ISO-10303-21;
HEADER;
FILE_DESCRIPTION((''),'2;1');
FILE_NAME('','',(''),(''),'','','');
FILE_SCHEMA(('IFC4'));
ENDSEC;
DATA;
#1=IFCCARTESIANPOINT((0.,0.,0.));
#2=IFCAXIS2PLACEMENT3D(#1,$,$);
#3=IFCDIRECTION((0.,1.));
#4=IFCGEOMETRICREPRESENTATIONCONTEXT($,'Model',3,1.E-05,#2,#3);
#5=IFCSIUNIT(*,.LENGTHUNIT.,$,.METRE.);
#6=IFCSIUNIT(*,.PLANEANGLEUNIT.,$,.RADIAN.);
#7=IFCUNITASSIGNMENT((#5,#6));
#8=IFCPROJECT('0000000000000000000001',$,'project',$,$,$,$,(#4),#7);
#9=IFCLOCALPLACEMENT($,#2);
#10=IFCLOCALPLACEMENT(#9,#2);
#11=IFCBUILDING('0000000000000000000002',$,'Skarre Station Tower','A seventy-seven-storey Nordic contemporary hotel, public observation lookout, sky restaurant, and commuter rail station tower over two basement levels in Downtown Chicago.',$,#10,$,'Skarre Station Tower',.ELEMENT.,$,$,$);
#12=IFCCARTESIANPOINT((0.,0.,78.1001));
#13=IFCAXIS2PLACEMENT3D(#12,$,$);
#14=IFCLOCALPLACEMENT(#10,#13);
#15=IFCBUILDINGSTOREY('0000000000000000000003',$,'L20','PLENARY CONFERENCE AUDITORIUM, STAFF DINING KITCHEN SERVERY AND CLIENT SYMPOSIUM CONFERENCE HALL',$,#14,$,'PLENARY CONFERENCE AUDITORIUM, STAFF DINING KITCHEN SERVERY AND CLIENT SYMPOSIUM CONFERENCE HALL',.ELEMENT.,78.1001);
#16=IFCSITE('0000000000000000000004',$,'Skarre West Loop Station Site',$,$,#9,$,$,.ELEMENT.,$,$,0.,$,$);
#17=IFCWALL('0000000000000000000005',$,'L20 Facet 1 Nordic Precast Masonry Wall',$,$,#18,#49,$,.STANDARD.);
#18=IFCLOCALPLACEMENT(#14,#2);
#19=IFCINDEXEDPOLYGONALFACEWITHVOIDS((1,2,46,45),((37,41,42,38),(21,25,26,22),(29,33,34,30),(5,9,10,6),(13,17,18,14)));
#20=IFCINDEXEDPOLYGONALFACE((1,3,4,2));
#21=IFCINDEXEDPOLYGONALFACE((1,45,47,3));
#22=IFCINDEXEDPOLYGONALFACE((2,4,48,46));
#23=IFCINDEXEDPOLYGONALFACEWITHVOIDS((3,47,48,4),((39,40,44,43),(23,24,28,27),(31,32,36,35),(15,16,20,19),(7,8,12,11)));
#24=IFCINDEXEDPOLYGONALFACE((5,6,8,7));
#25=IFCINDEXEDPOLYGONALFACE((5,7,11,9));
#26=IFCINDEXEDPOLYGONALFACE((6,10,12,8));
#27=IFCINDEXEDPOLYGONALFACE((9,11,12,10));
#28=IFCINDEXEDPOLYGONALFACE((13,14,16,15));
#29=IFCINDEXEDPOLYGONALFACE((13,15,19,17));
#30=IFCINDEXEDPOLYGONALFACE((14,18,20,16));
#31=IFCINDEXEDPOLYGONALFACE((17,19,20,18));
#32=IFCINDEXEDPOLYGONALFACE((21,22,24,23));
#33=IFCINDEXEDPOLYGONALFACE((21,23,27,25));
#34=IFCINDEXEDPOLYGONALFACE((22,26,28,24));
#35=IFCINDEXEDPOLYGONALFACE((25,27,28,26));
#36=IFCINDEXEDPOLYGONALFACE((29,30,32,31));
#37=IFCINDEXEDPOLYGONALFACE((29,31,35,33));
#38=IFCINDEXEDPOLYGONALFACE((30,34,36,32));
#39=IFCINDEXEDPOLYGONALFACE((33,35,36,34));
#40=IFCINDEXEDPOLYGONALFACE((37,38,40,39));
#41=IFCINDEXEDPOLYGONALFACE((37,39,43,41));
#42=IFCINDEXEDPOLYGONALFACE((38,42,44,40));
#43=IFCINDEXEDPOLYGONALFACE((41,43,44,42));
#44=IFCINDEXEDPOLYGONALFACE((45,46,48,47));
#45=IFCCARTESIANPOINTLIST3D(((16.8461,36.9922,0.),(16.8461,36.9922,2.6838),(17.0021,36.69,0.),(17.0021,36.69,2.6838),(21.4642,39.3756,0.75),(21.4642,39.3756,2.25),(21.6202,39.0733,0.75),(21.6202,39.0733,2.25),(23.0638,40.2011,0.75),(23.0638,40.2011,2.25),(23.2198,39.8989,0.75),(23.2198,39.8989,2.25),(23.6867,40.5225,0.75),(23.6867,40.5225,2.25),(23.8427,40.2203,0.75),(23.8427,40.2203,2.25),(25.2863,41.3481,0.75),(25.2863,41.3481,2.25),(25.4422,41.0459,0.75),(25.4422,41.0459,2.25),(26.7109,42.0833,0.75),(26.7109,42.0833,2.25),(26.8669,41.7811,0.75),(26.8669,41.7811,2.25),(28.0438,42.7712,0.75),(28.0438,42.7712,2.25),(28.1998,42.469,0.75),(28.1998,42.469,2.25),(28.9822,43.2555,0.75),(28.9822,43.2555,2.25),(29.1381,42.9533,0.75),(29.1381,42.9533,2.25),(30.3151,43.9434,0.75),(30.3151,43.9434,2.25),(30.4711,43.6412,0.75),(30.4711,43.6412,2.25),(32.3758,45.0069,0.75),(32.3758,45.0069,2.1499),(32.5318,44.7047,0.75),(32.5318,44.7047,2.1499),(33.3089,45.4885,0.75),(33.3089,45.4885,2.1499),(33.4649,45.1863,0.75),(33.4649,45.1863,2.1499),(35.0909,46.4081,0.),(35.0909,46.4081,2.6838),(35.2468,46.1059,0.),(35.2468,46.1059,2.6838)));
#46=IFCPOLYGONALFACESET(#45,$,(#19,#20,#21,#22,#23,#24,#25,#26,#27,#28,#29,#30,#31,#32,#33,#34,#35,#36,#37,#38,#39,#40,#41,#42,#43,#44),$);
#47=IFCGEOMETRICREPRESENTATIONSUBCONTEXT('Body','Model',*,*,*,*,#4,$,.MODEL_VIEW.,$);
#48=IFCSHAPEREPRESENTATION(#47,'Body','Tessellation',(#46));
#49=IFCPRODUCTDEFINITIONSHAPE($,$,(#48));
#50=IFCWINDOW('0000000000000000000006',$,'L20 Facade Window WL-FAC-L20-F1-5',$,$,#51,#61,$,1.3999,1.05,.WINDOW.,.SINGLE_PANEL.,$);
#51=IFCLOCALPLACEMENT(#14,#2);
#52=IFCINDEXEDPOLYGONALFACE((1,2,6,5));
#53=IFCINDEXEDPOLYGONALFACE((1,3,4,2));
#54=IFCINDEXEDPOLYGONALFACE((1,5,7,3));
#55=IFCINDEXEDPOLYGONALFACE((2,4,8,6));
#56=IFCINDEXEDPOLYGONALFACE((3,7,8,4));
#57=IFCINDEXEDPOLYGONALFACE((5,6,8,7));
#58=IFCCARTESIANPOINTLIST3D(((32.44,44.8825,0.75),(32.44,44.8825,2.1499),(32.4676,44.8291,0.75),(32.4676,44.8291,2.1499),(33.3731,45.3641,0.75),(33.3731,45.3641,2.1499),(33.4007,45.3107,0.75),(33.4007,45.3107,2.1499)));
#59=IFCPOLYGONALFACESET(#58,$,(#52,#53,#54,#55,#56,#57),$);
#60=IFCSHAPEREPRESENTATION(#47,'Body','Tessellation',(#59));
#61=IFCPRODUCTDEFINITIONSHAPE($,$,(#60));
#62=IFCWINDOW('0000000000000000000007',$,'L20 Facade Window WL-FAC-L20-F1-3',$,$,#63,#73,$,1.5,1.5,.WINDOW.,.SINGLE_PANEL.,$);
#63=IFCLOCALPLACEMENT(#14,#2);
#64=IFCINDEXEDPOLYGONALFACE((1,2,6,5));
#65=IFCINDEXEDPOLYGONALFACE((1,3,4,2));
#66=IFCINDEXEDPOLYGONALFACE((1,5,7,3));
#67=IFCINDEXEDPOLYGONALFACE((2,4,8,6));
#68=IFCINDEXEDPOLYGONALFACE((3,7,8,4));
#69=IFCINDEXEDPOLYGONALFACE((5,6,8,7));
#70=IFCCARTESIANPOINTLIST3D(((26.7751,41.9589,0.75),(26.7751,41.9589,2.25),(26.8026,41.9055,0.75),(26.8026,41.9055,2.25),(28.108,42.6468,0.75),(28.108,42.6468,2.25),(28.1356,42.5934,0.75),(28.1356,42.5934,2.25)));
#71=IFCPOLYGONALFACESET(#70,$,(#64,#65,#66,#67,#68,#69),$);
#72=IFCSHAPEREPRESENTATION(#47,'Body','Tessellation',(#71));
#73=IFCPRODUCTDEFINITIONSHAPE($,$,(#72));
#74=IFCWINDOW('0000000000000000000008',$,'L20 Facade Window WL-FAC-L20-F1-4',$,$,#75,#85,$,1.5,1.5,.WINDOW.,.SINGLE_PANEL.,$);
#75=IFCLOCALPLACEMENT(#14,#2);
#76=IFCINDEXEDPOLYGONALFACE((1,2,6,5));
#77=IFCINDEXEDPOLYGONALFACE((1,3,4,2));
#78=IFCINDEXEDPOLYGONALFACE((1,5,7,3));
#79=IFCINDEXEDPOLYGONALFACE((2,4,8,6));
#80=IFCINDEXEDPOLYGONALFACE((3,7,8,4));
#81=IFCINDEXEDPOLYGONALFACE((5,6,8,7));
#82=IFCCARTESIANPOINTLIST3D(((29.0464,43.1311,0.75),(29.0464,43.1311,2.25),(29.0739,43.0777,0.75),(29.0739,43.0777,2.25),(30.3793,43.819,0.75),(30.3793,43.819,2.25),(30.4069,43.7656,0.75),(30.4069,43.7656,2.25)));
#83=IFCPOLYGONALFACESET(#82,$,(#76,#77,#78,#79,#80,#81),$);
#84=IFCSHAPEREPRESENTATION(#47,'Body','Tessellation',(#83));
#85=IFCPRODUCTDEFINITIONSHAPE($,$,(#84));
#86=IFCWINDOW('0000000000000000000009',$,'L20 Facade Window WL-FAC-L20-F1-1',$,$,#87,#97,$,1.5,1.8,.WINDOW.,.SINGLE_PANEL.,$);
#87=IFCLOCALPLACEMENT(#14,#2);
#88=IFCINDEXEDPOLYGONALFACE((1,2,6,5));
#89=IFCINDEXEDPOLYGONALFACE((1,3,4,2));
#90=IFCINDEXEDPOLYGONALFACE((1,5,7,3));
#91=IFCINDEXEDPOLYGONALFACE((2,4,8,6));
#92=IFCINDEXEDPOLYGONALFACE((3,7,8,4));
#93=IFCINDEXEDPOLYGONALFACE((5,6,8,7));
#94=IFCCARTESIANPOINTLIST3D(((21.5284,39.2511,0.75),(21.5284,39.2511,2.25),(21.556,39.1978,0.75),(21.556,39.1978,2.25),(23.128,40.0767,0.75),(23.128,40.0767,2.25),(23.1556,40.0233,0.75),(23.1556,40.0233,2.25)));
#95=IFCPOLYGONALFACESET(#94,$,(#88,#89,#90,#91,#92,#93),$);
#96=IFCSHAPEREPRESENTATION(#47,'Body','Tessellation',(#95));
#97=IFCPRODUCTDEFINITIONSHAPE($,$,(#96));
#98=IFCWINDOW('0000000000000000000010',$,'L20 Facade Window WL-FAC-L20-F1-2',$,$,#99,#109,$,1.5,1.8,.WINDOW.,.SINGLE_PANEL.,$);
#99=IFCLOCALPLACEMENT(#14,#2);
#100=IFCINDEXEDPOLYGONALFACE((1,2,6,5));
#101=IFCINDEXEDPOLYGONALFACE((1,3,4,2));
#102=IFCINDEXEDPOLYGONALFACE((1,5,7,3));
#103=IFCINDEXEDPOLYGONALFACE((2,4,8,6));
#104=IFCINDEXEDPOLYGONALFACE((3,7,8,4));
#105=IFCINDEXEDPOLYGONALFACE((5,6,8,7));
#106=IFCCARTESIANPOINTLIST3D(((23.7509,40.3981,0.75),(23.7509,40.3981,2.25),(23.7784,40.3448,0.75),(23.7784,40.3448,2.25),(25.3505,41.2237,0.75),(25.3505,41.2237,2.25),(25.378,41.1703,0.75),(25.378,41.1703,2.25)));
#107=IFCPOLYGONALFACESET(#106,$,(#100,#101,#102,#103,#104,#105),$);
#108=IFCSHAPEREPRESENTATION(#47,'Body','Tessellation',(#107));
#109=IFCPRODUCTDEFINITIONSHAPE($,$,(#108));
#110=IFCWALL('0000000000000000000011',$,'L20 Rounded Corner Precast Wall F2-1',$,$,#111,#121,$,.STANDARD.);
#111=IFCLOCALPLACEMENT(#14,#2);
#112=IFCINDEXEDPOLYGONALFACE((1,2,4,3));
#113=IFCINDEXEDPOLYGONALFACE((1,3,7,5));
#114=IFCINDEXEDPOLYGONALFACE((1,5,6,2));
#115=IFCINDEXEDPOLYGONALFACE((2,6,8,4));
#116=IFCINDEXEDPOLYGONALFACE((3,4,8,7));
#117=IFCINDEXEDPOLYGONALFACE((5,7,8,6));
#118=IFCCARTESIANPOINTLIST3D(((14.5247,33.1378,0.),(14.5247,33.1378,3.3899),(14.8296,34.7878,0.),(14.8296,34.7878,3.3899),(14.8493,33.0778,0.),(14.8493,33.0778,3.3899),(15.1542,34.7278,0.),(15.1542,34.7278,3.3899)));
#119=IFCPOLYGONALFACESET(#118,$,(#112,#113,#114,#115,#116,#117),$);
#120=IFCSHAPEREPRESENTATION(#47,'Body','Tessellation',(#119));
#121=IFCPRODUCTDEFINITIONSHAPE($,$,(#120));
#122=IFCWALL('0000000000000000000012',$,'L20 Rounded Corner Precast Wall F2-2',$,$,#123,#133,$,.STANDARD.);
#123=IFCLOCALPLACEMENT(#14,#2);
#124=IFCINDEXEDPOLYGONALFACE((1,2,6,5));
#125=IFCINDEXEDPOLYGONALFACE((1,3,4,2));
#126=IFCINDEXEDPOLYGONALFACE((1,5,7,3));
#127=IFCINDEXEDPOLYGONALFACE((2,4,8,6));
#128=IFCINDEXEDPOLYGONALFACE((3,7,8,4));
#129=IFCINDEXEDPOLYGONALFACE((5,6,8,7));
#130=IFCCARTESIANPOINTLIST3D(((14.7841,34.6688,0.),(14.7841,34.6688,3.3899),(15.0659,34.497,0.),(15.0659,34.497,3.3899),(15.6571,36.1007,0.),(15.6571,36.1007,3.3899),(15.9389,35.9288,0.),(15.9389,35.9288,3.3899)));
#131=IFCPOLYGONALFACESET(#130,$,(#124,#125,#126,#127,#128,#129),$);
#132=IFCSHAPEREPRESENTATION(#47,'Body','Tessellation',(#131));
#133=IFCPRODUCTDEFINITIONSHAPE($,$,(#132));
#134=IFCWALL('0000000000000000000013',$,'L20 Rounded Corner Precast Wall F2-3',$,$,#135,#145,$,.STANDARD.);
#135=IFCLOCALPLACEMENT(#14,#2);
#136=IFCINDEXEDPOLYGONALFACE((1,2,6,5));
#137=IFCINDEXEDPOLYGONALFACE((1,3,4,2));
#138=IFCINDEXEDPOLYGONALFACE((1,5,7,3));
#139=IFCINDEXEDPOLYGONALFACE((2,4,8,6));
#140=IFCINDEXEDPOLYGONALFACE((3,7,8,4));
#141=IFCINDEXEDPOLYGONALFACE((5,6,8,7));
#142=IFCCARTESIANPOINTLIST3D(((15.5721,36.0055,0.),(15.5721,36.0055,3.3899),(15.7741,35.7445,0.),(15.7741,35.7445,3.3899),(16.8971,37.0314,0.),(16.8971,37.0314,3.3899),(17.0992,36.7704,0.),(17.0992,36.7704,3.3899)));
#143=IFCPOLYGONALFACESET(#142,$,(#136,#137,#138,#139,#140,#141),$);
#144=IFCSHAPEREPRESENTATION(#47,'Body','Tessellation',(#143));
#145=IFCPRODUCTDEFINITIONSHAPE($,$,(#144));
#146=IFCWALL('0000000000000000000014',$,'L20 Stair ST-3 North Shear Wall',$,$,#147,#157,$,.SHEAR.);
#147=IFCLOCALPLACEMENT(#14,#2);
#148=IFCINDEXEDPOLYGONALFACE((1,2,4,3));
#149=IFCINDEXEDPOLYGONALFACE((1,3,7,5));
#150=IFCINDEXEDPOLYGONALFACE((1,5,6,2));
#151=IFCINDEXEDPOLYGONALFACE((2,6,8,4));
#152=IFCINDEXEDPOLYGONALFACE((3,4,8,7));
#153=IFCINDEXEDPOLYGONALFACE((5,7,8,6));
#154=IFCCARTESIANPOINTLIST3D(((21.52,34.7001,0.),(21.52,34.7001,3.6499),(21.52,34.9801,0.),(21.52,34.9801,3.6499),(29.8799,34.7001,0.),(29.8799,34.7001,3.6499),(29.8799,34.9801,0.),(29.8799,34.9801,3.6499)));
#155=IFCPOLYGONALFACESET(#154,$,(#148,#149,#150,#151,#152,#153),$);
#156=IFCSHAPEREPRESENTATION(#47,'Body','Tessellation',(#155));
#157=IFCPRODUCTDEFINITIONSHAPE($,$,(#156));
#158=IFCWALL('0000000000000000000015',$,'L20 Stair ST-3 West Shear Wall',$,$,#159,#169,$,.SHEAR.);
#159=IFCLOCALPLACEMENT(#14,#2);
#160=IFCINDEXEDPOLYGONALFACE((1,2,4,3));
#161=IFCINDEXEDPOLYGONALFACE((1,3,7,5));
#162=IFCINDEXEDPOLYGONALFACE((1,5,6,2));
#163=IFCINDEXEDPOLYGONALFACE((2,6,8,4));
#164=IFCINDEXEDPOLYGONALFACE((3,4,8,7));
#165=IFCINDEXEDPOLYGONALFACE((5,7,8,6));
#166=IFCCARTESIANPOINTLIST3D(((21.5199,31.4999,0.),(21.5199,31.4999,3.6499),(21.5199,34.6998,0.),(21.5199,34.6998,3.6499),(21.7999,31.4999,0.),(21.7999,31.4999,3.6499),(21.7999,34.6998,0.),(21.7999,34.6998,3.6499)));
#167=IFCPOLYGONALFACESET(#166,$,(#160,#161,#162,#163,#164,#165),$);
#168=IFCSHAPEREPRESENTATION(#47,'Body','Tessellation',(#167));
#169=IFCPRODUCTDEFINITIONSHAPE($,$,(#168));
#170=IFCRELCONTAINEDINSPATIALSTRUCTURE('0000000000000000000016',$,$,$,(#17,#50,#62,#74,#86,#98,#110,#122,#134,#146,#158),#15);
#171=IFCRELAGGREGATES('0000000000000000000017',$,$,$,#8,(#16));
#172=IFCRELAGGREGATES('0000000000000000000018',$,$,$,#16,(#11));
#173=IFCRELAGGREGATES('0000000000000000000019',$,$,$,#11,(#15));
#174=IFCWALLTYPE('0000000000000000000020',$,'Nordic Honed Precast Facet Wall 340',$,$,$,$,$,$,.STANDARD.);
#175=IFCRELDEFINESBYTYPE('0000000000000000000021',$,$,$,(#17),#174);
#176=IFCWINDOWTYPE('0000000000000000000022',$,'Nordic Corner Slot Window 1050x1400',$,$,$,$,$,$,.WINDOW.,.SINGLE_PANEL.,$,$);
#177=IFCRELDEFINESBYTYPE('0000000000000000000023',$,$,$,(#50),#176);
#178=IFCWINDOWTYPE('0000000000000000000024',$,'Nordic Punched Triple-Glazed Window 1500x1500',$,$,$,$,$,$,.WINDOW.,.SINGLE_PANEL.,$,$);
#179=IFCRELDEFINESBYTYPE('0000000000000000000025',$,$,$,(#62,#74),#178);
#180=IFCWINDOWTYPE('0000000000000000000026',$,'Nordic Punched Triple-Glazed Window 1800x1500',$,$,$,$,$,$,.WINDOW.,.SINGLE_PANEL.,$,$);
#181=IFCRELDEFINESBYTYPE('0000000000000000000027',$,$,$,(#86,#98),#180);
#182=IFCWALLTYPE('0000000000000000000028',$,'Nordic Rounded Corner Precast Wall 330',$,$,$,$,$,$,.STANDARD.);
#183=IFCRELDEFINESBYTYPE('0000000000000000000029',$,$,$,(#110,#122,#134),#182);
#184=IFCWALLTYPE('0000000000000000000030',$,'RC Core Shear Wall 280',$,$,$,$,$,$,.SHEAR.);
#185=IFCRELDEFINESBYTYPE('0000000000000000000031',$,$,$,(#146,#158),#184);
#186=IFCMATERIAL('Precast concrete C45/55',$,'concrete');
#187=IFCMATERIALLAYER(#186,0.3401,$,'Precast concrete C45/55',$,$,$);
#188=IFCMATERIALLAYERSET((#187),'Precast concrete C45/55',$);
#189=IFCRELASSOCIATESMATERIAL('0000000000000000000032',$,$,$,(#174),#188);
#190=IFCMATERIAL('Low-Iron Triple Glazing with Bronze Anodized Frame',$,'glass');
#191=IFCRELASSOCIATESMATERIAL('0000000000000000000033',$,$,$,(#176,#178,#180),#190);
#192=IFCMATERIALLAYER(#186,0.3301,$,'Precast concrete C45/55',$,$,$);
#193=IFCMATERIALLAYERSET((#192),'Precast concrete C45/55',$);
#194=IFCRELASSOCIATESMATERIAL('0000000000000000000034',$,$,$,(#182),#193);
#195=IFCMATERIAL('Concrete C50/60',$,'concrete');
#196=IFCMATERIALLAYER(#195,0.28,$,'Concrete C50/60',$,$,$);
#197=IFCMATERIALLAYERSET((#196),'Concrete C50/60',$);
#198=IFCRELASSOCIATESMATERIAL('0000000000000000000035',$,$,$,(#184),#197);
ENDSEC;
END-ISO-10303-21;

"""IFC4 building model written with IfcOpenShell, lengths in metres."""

from ifc_helpers import new_model, si_unit, direction, frame, frame_2d, origin, place, context, subcontext, project, spatial, rectangle, extrude, material, layer, layer_set, type_object, element, fill, save


model = new_model("IFC4")

# Units and contexts
model_context = context("Model", 3, precision=1e-05, world=origin(), true_north=direction((0.0, 1.0)))
body_context = subcontext(model_context, "Body", "Model", "MODEL_VIEW")
ifc_project = project(units=[si_unit("LENGTHUNIT", "METRE"), si_unit("PLANEANGLEUNIT", "RADIAN")], contexts=[model_context])

# Site, building, storey
site_placement = place(None, origin())
site = spatial("IfcSite", under=ifc_project, at=site_placement, Name="Skarre West Loop Station Site", CompositionType="ELEMENT", RefElevation=0.0)
building_placement = place(site_placement, origin())
building = spatial("IfcBuilding", under=site, at=building_placement, Name="Skarre Station Tower", Description="A seventy-seven-storey Nordic contemporary hotel, public observation lookout, sky restaurant, and commuter rail station tower over two basement levels in Downtown Chicago.", LongName="Skarre Station Tower", CompositionType="ELEMENT")
storey_placement = place(building_placement, frame((0.0, 0.0, 78.1001)))
storey = spatial("IfcBuildingStorey", under=building, at=storey_placement, Name="L20", Description="PLENARY CONFERENCE AUDITORIUM, STAFF DINING KITCHEN SERVERY AND CLIENT SYMPOSIUM CONFERENCE HALL", LongName="PLENARY CONFERENCE AUDITORIUM, STAFF DINING KITCHEN SERVERY AND CLIENT SYMPOSIUM CONFERENCE HALL", CompositionType="ELEMENT", Elevation=78.1001)

# Wall, openings, windows
ifc_material_1 = material(Name="Precast concrete C45/55", Category="concrete")
ifc_layer_1 = layer(ifc_material_1, 0.3401, Name="Precast concrete C45/55")
ifc_layer_set_1 = layer_set([ifc_layer_1], Name="Precast concrete C45/55")
wall_type_1 = type_object("IfcWallType", Name="Nordic Honed Precast Facet Wall 340", PredefinedType="STANDARD", material=ifc_layer_set_1)
wall_1_placement = place(storey_placement, frame((16.9241, 36.8411, 0.0), z_axis=(0.0, 0.0, 1.0), x_axis=(0.888634, 0.458616, 0.0)))
wall_1 = element("IfcWall", 1, at=wall_1_placement, inside=storey, type_object=wall_type_1, Name="L20 Facet 1 Nordic Precast Masonry Wall", PredefinedType="STANDARD", context=body_context, shape_type="SweptSolid", body=[
    extrude(rectangle(XDim=20.5312, YDim=0.3401, at=frame_2d((10.2656, 0.0))), origin(), (0.0, 0.0, 1.0), 2.6838),
])
opening_1_placement = place(wall_1_placement, frame((5.197, 0.0, 0.75)))
opening_1 = element("IfcOpeningElement", 2, at=opening_1_placement, cuts=wall_1, PredefinedType="OPENING", context=body_context, shape_type="SweptSolid", body=[
    extrude(rectangle(XDim=1.8, YDim=1.5, at=frame_2d((0.8999, 0.75))), frame((0.0, 0.1799, 0.0), z_axis=(0.0, -1.0, 0.0), x_axis=(1.0, 0.0, 0.0)), (0.0, 0.0, 1.0), 0.3601),
])
opening_2_placement = place(wall_1_placement, frame((7.698, 0.0, 0.75)))
opening_2 = element("IfcOpeningElement", 3, at=opening_2_placement, cuts=wall_1, PredefinedType="OPENING", context=body_context, shape_type="SweptSolid", body=[
    extrude(rectangle(XDim=1.8, YDim=1.5, at=frame_2d((0.8999, 0.75))), frame((0.0, 0.1799, 0.0), z_axis=(0.0, -1.0, 0.0), x_axis=(1.0, 0.0, 0.0)), (0.0, 0.0, 1.0), 0.3601),
])
opening_3_placement = place(wall_1_placement, frame((11.1011, 0.0, 0.75)))
opening_3 = element("IfcOpeningElement", 4, at=opening_3_placement, cuts=wall_1, PredefinedType="OPENING", context=body_context, shape_type="SweptSolid", body=[
    extrude(rectangle(XDim=1.5, YDim=1.5, at=frame_2d((0.75, 0.75))), frame((0.0, 0.1799, 0.0), z_axis=(0.0, -1.0, 0.0), x_axis=(1.0, 0.0, 0.0)), (0.0, 0.0, 1.0), 0.3601),
])
opening_4_placement = place(wall_1_placement, frame((13.657, 0.0, 0.75)))
opening_4 = element("IfcOpeningElement", 5, at=opening_4_placement, cuts=wall_1, PredefinedType="OPENING", context=body_context, shape_type="SweptSolid", body=[
    extrude(rectangle(XDim=1.5, YDim=1.5, at=frame_2d((0.75, 0.75))), frame((0.0, 0.1799, 0.0), z_axis=(0.0, -1.0, 0.0), x_axis=(1.0, 0.0, 0.0)), (0.0, 0.0, 1.0), 0.3601),
])
opening_5_placement = place(wall_1_placement, frame((17.4761, 0.0, 0.75)))
opening_5 = element("IfcOpeningElement", 6, at=opening_5_placement, cuts=wall_1, PredefinedType="OPENING", context=body_context, shape_type="SweptSolid", body=[
    extrude(rectangle(XDim=1.05, YDim=1.3999, at=frame_2d((0.5249, 0.7))), frame((0.0, 0.1799, 0.0), z_axis=(0.0, -1.0, 0.0), x_axis=(1.0, 0.0, 0.0)), (0.0, 0.0, 1.0), 0.3601),
])
ifc_material_2 = material(Name="Low-Iron Triple Glazing with Bronze Anodized Frame", Category="glass")
window_type_1 = type_object("IfcWindowType", Name="Nordic Corner Slot Window 1050x1400", PartitioningType="SINGLE_PANEL", PredefinedType="WINDOW", material=ifc_material_2)
window_1_placement = place(opening_5_placement, origin())
window_1 = element("IfcWindow", 7, at=window_1_placement, inside=storey, type_object=window_type_1, Name="L20 Facade Window WL-FAC-L20-F1-5", OverallHeight=1.3999, OverallWidth=1.05, PartitioningType="SINGLE_PANEL", PredefinedType="WINDOW", context=body_context, shape_type="SweptSolid", body=[
    extrude(rectangle(XDim=1.05, YDim=1.3999, at=frame_2d((0.5249, 0.7))), frame((0.0, 0.03, 0.0), z_axis=(0.0, -1.0, 0.0), x_axis=(1.0, 0.0, 0.0)), (0.0, 0.0, 1.0), 0.0601),
])
fill(opening_5, window_1)
window_type_2 = type_object("IfcWindowType", Name="Nordic Punched Triple-Glazed Window 1500x1500", PartitioningType="SINGLE_PANEL", PredefinedType="WINDOW", material=ifc_material_2)
window_2_placement = place(opening_3_placement, origin())
window_2 = element("IfcWindow", 8, at=window_2_placement, inside=storey, type_object=window_type_2, Name="L20 Facade Window WL-FAC-L20-F1-3", OverallHeight=1.5, OverallWidth=1.5, PartitioningType="SINGLE_PANEL", PredefinedType="WINDOW", context=body_context, shape_type="SweptSolid", body=[
    extrude(rectangle(XDim=1.5, YDim=1.5, at=frame_2d((0.75, 0.75))), frame((0.0, 0.03, 0.0), z_axis=(0.0, -1.0, 0.0), x_axis=(1.0, 0.0, 0.0)), (0.0, 0.0, 1.0), 0.0601),
])
fill(opening_3, window_2)
window_3_placement = place(opening_4_placement, origin())
window_3 = element("IfcWindow", 9, at=window_3_placement, inside=storey, type_object=window_type_2, Name="L20 Facade Window WL-FAC-L20-F1-4", OverallHeight=1.5, OverallWidth=1.5, PartitioningType="SINGLE_PANEL", PredefinedType="WINDOW", context=body_context, shape_type="SweptSolid", body=[
    extrude(rectangle(XDim=1.5, YDim=1.5, at=frame_2d((0.75, 0.75))), frame((0.0, 0.03, 0.0), z_axis=(0.0, -1.0, 0.0), x_axis=(1.0, 0.0, 0.0)), (0.0, 0.0, 1.0), 0.0601),
])
fill(opening_4, window_3)
window_type_3 = type_object("IfcWindowType", Name="Nordic Punched Triple-Glazed Window 1800x1500", PartitioningType="SINGLE_PANEL", PredefinedType="WINDOW", material=ifc_material_2)
window_4_placement = place(opening_1_placement, origin())
window_4 = element("IfcWindow", 10, at=window_4_placement, inside=storey, type_object=window_type_3, Name="L20 Facade Window WL-FAC-L20-F1-1", OverallHeight=1.5, OverallWidth=1.8, PartitioningType="SINGLE_PANEL", PredefinedType="WINDOW", context=body_context, shape_type="SweptSolid", body=[
    extrude(rectangle(XDim=1.8, YDim=1.5, at=frame_2d((0.8999, 0.75))), frame((0.0, 0.03, 0.0), z_axis=(0.0, -1.0, 0.0), x_axis=(1.0, 0.0, 0.0)), (0.0, 0.0, 1.0), 0.0601),
])
fill(opening_1, window_4)
window_5_placement = place(opening_2_placement, origin())
window_5 = element("IfcWindow", 11, at=window_5_placement, inside=storey, type_object=window_type_3, Name="L20 Facade Window WL-FAC-L20-F1-2", OverallHeight=1.5, OverallWidth=1.8, PartitioningType="SINGLE_PANEL", PredefinedType="WINDOW", context=body_context, shape_type="SweptSolid", body=[
    extrude(rectangle(XDim=1.8, YDim=1.5, at=frame_2d((0.8999, 0.75))), frame((0.0, 0.03, 0.0), z_axis=(0.0, -1.0, 0.0), x_axis=(1.0, 0.0, 0.0)), (0.0, 0.0, 1.0), 0.0601),
])
fill(opening_2, window_5)

# Walls
ifc_layer_2 = layer(ifc_material_1, 0.3301, Name="Precast concrete C45/55")
ifc_layer_set_2 = layer_set([ifc_layer_2], Name="Precast concrete C45/55")
wall_type_2 = type_object("IfcWallType", Name="Nordic Rounded Corner Precast Wall 330", PredefinedType="STANDARD", material=ifc_layer_set_2)
wall_2_placement = place(storey_placement, frame((14.687, 33.1079, 0.0), z_axis=(0.0, 0.0, 1.0), x_axis=(0.181714, 0.983351, 0.0)))
element("IfcWall", 12, at=wall_2_placement, inside=storey, type_object=wall_type_2, Name="L20 Rounded Corner Precast Wall F2-1", PredefinedType="STANDARD", context=body_context, shape_type="SweptSolid", body=[
    extrude(rectangle(XDim=1.678, YDim=0.3301, at=frame_2d((0.8389, 0.0))), origin(), (0.0, 0.0, 1.0), 3.3899),
])
wall_3_placement = place(storey_placement, frame((14.925, 34.583, 0.0), z_axis=(0.0, 0.0, 1.0), x_axis=(0.520584, 0.85381, 0.0)))
element("IfcWall", 13, at=wall_3_placement, inside=storey, type_object=wall_type_2, Name="L20 Rounded Corner Precast Wall F2-2", PredefinedType="STANDARD", context=body_context, shape_type="SweptSolid", body=[
    extrude(rectangle(XDim=1.677, YDim=0.3301, at=frame_2d((0.8384, 0.0))), origin(), (0.0, 0.0, 1.0), 3.3899),
])
wall_4_placement = place(storey_placement, frame((15.6731, 35.875, 0.0), z_axis=(0.0, 0.0, 1.0), x_axis=(0.790692, 0.612214, 0.0)))
element("IfcWall", 14, at=wall_4_placement, inside=storey, type_object=wall_type_2, Name="L20 Rounded Corner Precast Wall F2-3", PredefinedType="STANDARD", context=body_context, shape_type="SweptSolid", body=[
    extrude(rectangle(XDim=1.6758, YDim=0.3301, at=frame_2d((0.8379, 0.0))), origin(), (0.0, 0.0, 1.0), 3.3899),
])
ifc_material_3 = material(Name="Concrete C50/60", Category="concrete")
ifc_layer_3 = layer(ifc_material_3, 0.28, Name="Concrete C50/60")
ifc_layer_set_3 = layer_set([ifc_layer_3], Name="Concrete C50/60")
wall_type_3 = type_object("IfcWallType", Name="RC Core Shear Wall 280", PredefinedType="SHEAR", material=ifc_layer_set_3)
wall_5_placement = place(storey_placement, frame((29.8799, 34.8401, 0.0), z_axis=(0.0, 0.0, 1.0), x_axis=(-1.0, 0.0, 0.0)))
element("IfcWall", 15, at=wall_5_placement, inside=storey, type_object=wall_type_3, Name="L20 Stair ST-3 North Shear Wall", PredefinedType="SHEAR", context=body_context, shape_type="SweptSolid", body=[
    extrude(rectangle(XDim=8.3599, YDim=0.28, at=frame_2d((4.1799, 0.0))), origin(), (0.0, 0.0, 1.0), 3.6499),
])
for number, where, z_axis, x_axis, name in (
    (16, (21.6599, 34.7, 0.0), (0.0, 0.0, 1.0), (0.0, -1.0, 0.0), "L20 Stair ST-3 West Shear Wall"),
):
    element("IfcWall", number, at=place(storey_placement, frame(where, z_axis=z_axis, x_axis=x_axis)), inside=storey, type_object=wall_type_3, Name=name, PredefinedType="SHEAR", context=body_context, shape_type="SweptSolid", body=[
        extrude(rectangle(XDim=3.2, YDim=0.28, at=frame_2d((1.6001, 0.0))), origin(), (0.0, 0.0, 1.0), 3.6499),
    ])

save(model, "model.ifc")
